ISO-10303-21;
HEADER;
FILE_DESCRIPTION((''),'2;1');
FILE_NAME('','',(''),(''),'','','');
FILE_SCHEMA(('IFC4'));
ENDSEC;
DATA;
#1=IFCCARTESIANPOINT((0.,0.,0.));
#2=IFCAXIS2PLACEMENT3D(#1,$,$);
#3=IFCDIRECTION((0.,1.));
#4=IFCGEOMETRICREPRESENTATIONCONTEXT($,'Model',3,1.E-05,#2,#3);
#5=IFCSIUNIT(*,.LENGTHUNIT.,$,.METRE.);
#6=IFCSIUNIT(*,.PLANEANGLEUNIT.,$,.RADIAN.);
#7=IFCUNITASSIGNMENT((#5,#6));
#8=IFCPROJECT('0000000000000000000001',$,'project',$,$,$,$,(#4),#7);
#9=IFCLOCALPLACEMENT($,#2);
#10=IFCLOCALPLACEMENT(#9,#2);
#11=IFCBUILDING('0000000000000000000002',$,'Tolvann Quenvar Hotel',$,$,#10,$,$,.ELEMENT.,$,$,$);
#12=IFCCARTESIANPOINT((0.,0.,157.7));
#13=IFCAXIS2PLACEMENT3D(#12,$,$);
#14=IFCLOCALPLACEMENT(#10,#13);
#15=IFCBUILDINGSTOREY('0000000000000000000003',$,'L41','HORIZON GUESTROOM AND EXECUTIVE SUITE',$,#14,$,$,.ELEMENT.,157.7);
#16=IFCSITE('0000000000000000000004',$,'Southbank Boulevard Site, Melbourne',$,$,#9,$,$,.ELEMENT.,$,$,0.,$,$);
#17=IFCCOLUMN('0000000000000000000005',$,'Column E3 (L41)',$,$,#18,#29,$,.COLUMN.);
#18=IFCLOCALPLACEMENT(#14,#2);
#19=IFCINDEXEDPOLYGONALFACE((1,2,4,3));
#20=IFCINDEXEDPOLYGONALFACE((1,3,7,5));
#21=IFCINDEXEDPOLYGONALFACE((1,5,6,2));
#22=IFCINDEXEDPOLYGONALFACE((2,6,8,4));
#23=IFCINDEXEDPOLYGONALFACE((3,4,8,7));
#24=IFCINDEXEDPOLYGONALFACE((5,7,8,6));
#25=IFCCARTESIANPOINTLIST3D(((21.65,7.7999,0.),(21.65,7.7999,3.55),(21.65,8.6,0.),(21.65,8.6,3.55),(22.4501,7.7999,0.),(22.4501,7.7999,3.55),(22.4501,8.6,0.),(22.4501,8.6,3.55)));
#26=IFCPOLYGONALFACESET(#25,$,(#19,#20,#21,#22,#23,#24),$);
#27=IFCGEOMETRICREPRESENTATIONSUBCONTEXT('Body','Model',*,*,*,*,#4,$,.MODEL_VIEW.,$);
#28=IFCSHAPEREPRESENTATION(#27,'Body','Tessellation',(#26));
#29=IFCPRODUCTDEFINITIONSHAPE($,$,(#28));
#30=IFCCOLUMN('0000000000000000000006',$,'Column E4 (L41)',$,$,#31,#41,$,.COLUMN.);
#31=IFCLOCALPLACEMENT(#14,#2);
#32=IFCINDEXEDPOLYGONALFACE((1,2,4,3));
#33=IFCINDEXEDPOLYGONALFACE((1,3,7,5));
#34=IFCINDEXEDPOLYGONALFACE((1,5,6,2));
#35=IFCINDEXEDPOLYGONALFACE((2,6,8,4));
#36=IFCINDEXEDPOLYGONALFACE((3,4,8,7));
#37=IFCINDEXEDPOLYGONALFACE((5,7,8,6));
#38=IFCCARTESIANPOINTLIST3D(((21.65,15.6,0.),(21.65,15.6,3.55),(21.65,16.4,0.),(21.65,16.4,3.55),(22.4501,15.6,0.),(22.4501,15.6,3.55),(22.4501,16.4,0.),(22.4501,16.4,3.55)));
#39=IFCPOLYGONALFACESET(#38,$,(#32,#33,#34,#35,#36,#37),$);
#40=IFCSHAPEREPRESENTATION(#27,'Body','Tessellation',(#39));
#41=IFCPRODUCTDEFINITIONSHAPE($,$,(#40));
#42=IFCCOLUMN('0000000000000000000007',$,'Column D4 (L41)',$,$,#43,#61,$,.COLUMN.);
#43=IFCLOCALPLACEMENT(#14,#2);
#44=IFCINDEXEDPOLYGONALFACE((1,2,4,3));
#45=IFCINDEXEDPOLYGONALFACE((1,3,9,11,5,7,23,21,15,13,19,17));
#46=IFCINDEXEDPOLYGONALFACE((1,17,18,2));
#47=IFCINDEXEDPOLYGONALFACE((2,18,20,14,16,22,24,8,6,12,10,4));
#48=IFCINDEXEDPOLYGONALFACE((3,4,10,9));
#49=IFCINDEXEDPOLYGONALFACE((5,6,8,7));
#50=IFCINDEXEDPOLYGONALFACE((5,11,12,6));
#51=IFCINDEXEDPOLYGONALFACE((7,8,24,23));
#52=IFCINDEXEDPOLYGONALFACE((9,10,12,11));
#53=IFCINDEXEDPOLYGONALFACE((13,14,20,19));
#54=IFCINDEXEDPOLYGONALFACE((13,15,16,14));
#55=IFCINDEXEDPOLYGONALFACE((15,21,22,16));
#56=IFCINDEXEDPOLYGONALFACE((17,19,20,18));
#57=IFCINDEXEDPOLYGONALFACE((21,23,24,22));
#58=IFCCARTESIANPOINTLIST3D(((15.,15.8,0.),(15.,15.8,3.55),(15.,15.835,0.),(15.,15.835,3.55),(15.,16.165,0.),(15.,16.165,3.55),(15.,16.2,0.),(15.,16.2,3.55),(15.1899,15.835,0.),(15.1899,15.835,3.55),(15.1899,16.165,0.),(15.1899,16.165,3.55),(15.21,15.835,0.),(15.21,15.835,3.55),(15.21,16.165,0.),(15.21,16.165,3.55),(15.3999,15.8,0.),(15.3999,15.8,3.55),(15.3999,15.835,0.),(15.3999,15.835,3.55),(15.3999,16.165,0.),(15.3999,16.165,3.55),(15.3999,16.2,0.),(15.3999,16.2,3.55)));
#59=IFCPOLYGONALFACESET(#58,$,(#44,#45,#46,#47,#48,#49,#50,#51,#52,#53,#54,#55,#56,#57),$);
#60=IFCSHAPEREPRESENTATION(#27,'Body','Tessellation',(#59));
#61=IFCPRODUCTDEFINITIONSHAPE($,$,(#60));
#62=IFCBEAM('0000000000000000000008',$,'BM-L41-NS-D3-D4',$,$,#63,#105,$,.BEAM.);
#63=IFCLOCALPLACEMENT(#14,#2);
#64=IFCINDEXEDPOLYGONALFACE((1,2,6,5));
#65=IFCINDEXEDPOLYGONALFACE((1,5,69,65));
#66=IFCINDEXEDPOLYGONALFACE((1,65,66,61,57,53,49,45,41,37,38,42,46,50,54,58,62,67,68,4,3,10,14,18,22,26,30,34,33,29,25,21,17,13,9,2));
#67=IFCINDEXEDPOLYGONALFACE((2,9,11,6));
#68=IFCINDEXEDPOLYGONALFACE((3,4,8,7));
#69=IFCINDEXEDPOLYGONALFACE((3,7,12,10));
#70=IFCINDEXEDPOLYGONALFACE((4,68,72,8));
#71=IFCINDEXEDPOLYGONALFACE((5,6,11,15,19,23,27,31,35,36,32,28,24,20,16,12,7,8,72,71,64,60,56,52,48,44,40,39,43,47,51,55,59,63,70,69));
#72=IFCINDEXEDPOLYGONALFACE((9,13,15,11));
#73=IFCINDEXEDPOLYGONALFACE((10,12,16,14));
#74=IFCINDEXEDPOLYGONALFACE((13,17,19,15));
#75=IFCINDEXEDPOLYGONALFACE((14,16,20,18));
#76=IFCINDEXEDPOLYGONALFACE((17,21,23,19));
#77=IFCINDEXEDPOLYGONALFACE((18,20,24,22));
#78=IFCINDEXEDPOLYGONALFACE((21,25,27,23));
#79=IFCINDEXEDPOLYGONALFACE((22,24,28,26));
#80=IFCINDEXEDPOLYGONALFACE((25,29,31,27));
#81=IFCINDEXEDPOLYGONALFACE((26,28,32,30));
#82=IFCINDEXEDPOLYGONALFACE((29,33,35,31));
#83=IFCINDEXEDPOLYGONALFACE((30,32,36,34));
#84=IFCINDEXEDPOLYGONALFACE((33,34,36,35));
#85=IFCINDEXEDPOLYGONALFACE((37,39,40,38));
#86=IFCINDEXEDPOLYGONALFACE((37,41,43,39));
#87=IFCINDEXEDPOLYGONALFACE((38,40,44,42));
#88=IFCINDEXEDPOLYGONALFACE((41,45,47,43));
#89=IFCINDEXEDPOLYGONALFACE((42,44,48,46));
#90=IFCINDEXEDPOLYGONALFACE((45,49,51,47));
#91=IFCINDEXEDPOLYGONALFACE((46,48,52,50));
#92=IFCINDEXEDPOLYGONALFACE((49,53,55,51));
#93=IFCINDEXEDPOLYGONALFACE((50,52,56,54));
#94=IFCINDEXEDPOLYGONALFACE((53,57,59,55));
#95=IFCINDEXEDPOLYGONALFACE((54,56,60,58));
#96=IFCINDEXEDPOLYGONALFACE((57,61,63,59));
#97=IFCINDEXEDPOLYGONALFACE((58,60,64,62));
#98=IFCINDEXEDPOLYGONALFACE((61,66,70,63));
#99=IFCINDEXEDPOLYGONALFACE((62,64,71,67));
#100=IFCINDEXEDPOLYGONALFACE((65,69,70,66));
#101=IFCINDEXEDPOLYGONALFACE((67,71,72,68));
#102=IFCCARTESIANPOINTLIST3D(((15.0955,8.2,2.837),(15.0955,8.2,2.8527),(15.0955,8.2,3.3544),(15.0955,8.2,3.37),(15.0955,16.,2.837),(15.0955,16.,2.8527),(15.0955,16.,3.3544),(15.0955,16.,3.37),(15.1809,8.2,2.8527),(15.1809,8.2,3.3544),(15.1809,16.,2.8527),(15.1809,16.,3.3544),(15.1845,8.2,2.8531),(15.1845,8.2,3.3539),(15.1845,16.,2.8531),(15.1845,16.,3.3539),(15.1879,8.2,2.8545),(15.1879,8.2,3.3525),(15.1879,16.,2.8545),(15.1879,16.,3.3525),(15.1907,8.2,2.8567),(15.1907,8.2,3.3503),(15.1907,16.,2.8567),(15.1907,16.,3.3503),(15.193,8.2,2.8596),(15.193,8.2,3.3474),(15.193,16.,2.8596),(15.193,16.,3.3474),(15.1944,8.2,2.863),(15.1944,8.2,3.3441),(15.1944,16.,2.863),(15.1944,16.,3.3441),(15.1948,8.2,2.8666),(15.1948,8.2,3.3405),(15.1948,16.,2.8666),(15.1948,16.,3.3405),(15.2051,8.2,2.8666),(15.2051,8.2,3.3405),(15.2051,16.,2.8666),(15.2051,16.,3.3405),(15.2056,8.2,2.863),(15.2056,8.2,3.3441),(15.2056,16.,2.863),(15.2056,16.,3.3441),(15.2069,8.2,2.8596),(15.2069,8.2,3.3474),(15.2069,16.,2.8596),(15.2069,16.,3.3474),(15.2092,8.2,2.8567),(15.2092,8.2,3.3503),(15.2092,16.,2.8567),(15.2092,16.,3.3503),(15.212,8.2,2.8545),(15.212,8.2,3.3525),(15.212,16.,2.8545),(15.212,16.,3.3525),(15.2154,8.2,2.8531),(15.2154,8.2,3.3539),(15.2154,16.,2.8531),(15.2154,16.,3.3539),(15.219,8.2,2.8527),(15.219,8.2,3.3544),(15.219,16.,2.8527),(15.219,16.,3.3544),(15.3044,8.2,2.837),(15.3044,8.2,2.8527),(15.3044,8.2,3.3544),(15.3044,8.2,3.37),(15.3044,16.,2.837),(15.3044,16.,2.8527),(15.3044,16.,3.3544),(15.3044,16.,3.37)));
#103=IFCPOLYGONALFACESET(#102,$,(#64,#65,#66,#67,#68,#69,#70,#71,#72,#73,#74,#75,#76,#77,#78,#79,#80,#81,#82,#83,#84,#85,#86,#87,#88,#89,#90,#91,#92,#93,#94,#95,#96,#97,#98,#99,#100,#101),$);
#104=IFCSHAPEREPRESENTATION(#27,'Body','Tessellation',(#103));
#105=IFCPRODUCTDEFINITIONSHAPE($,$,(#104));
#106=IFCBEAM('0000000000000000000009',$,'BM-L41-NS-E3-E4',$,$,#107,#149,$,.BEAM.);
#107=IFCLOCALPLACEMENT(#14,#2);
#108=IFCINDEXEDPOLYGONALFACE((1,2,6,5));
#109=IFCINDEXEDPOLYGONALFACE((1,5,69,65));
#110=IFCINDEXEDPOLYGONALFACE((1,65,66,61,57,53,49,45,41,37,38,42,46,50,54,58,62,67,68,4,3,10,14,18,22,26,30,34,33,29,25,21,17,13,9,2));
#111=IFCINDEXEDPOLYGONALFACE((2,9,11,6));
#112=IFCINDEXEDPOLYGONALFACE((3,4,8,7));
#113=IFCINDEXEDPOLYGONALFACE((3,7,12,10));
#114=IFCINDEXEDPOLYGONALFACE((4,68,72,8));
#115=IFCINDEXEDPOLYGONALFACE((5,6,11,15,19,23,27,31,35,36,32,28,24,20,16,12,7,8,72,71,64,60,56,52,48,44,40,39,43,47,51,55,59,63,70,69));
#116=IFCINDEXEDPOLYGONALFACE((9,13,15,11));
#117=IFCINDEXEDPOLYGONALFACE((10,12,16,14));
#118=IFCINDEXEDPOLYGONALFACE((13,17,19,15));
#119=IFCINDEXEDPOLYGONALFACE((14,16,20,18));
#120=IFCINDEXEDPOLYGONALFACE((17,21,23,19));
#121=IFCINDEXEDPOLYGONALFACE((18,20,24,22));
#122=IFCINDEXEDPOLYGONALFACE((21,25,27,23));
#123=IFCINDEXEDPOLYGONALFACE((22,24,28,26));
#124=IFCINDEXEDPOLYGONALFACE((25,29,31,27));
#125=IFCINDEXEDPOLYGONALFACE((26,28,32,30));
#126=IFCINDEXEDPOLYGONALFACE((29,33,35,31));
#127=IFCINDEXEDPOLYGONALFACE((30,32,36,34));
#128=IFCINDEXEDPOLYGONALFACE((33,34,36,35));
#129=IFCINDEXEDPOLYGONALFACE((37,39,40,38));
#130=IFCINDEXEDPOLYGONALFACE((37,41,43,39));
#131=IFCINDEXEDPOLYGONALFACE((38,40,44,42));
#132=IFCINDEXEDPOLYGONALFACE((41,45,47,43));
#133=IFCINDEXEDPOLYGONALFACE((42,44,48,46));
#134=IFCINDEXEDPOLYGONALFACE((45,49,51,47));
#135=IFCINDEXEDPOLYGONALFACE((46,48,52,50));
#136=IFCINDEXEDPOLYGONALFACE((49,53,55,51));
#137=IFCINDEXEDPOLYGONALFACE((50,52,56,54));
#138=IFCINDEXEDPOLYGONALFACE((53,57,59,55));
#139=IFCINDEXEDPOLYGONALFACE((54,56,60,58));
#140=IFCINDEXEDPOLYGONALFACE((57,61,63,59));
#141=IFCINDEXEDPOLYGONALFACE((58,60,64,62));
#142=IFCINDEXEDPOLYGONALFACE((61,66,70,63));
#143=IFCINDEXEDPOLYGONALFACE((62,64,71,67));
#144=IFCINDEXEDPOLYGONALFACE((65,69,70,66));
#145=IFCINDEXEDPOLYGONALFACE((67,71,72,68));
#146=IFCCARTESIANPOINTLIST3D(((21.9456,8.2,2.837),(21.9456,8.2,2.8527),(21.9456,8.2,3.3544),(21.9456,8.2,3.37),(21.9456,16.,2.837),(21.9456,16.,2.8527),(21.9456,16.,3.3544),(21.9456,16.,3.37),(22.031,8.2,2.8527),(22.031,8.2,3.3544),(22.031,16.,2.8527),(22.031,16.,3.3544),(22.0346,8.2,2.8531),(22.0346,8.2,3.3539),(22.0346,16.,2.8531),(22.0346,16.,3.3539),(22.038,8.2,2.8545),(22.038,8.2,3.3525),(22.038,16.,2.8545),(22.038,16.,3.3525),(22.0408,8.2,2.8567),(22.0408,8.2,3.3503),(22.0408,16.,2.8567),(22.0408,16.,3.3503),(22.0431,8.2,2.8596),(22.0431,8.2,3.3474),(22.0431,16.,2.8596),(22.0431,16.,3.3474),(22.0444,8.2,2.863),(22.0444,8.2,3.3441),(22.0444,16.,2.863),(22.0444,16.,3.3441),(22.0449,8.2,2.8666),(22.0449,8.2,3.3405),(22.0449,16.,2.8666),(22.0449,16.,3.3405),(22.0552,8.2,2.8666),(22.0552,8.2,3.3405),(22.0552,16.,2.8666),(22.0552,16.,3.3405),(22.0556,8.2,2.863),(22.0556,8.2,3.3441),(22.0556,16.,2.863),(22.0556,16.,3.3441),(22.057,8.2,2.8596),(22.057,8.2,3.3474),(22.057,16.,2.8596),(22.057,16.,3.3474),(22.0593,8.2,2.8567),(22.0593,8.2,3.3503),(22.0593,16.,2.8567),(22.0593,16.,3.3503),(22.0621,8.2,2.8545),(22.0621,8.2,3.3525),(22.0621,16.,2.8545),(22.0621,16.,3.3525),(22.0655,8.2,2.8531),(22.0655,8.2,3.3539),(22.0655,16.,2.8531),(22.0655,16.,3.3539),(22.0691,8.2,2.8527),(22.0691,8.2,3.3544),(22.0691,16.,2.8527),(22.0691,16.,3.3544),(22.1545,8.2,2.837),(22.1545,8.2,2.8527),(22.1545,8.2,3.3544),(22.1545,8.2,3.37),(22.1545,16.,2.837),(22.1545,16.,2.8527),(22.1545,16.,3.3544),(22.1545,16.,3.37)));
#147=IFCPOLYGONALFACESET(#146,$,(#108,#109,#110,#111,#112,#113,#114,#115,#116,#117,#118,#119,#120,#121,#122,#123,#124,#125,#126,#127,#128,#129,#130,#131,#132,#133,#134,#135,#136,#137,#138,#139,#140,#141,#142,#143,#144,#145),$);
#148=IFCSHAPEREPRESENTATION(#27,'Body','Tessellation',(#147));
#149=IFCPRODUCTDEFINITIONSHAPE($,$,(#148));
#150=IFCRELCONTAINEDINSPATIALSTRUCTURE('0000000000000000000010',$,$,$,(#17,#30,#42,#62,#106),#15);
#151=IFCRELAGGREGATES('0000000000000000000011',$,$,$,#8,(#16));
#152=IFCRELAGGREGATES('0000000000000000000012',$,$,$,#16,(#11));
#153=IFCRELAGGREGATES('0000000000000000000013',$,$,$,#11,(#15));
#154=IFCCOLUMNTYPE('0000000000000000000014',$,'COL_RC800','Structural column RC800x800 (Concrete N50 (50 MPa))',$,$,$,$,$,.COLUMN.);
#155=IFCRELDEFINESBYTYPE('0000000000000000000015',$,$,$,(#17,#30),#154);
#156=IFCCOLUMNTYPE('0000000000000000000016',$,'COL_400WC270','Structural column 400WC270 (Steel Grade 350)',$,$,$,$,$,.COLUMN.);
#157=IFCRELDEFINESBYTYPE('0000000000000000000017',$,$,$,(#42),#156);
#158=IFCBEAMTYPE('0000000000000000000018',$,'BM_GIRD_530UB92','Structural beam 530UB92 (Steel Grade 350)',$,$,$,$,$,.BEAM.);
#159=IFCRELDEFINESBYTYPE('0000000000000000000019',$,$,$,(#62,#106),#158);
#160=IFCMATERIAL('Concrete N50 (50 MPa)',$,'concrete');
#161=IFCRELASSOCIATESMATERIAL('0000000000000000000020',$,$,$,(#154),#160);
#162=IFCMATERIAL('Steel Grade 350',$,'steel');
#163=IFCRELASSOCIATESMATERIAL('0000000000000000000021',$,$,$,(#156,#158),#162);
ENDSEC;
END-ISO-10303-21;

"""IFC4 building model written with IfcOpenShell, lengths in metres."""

from ifc_helpers import new_model, si_unit, direction, frame, origin, origin_2d, place, context, subcontext, project, spatial, rectangle, i_section, extrude, source, transform, mapped, material, material_profile, profile_set, type_object, type_shapes, element, save


model = new_model("IFC4")

# Units and contexts
model_context = context("Model", 3, precision=1e-05, world=origin(), true_north=direction((0.0, 1.0)))
body_context = subcontext(model_context, "Body", "Model", "MODEL_VIEW")
ifc_project = project(units=[si_unit("LENGTHUNIT", "METRE"), si_unit("PLANEANGLEUNIT", "RADIAN")], contexts=[model_context])

# Site, building, storey
site_placement = place(None, origin())
site = spatial("IfcSite", under=ifc_project, at=site_placement, Name="Southbank Boulevard Site, Melbourne", CompositionType="ELEMENT", RefElevation=0.0)
building_placement = place(site_placement, origin())
building = spatial("IfcBuilding", under=site, at=building_placement, Name="Tolvann Quenvar Hotel", CompositionType="ELEMENT")
storey_placement = place(building_placement, frame((0.0, 0.0, 157.7)))
storey = spatial("IfcBuildingStorey", under=building, at=storey_placement, Name="L41", Description="HORIZON GUESTROOM AND EXECUTIVE SUITE", CompositionType="ELEMENT", Elevation=157.7)

# Columns
ifc_material_1 = material(Name="Concrete N50 (50 MPa)", Category="concrete")
ifc_material_profile_1 = material_profile(ifc_material_1, rectangle(XDim=0.8, YDim=0.8, at=origin_2d()), Name="RC800x800")
ifc_profile_set_1 = profile_set([ifc_material_profile_1], Name="Concrete N50 (50 MPa)")
column_type_1 = type_object("IfcColumnType", Name="COL_RC800", Description="Structural column RC800x800 (Concrete N50 (50 MPa))", PredefinedType="COLUMN", material=ifc_profile_set_1)
shared_shape_1 = source(origin(), body_context, "Body", "SweptSolid", [
    extrude(rectangle(XDim=0.8, YDim=0.8, at=origin_2d()), origin(), (0.0, 0.0, 1.0), 3.55),
])
type_shapes(column_type_1, [shared_shape_1])
for number, where, z_axis, x_axis, name in (
    (1, (22.05, 8.2, 0.0), (0.0, 0.0, 1.0), (1.0, 0.0, 0.0), "Column E3 (L41)"),
    (2, (22.05, 16.0, 0.0), (0.0, 0.0, 1.0), (1.0, 0.0, 0.0), "Column E4 (L41)"),
):
    element("IfcColumn", number, at=place(storey_placement, frame(where, z_axis=z_axis, x_axis=x_axis)), inside=storey, type_object=column_type_1, Name=name, PredefinedType="COLUMN", context=body_context, shape_type="MappedRepresentation", body=[
        mapped(shared_shape_1, transform((0.0, 0.0, 0.0), x_axis=(1.0, 0.0, 0.0), y_axis=(0.0, 1.0, 0.0), z_axis=(0.0, 0.0, 1.0), scale=1.0)),
    ])
ifc_material_2 = material(Name="Steel Grade 350", Category="steel")
ifc_material_profile_2 = material_profile(ifc_material_2, i_section(OverallWidth=0.3999, OverallDepth=0.3999, WebThickness=0.02, FlangeThickness=0.0349, at=origin_2d()), Name="400WC270")
ifc_profile_set_2 = profile_set([ifc_material_profile_2], Name="Steel Grade 350")
column_type_2 = type_object("IfcColumnType", Name="COL_400WC270", Description="Structural column 400WC270 (Steel Grade 350)", PredefinedType="COLUMN", material=ifc_profile_set_2)
shared_shape_2 = source(origin(), body_context, "Body", "SweptSolid", [
    extrude(i_section(OverallWidth=0.3999, OverallDepth=0.3999, WebThickness=0.02, FlangeThickness=0.0349, at=origin_2d()), origin(), (0.0, 0.0, 1.0), 3.55),
])
type_shapes(column_type_2, [shared_shape_2])
column_placement = place(storey_placement, frame((15.2, 16.0, 0.0), z_axis=(0.0, 0.0, 1.0), x_axis=(1.0, 0.0, 0.0)))
element("IfcColumn", 3, at=column_placement, inside=storey, type_object=column_type_2, Name="Column D4 (L41)", PredefinedType="COLUMN", context=body_context, shape_type="MappedRepresentation", body=[
    mapped(shared_shape_2, transform((0.0, 0.0, 0.0), x_axis=(1.0, 0.0, 0.0), y_axis=(0.0, 1.0, 0.0), z_axis=(0.0, 0.0, 1.0), scale=1.0)),
])

# Beams
ifc_material_profile_3 = material_profile(ifc_material_2, i_section(OverallWidth=0.209, OverallDepth=0.533, WebThickness=0.0103, FlangeThickness=0.0156, FilletRadius=0.0139, at=origin_2d()), Name="530UB92")
ifc_profile_set_3 = profile_set([ifc_material_profile_3], Name="Steel Grade 350")
beam_type_1 = type_object("IfcBeamType", Name="BM_GIRD_530UB92", Description="Structural beam 530UB92 (Steel Grade 350)", PredefinedType="BEAM", material=ifc_profile_set_3)
shared_shape_3 = source(origin(), body_context, "Body", "SweptSolid", [
    extrude(i_section(OverallWidth=0.209, OverallDepth=0.533, WebThickness=0.0103, FlangeThickness=0.0156, FilletRadius=0.0139, at=origin_2d()), origin(), (0.0, 0.0, 1.0), 7.8),
])
for number, where, z_axis, x_axis, name in (
    (4, (15.2, 8.2, 3.1035), (0.0, 1.0, 0.0), (-1.0, 0.0, 0.0), "BM-L41-NS-D3-D4"),
    (5, (22.05, 8.2, 3.1035), (0.0, 1.0, 0.0), (-1.0, 0.0, 0.0), "BM-L41-NS-E3-E4"),
):
    element("IfcBeam", number, at=place(storey_placement, frame(where, z_axis=z_axis, x_axis=x_axis)), inside=storey, type_object=beam_type_1, Name=name, PredefinedType="BEAM", context=body_context, shape_type="MappedRepresentation", body=[
        mapped(shared_shape_3, transform((0.0, 0.0, 0.0), x_axis=(1.0, 0.0, 0.0), y_axis=(0.0, 1.0, 0.0), z_axis=(0.0, 0.0, 1.0), scale=1.0)),
    ])

save(model, "model.ifc")
